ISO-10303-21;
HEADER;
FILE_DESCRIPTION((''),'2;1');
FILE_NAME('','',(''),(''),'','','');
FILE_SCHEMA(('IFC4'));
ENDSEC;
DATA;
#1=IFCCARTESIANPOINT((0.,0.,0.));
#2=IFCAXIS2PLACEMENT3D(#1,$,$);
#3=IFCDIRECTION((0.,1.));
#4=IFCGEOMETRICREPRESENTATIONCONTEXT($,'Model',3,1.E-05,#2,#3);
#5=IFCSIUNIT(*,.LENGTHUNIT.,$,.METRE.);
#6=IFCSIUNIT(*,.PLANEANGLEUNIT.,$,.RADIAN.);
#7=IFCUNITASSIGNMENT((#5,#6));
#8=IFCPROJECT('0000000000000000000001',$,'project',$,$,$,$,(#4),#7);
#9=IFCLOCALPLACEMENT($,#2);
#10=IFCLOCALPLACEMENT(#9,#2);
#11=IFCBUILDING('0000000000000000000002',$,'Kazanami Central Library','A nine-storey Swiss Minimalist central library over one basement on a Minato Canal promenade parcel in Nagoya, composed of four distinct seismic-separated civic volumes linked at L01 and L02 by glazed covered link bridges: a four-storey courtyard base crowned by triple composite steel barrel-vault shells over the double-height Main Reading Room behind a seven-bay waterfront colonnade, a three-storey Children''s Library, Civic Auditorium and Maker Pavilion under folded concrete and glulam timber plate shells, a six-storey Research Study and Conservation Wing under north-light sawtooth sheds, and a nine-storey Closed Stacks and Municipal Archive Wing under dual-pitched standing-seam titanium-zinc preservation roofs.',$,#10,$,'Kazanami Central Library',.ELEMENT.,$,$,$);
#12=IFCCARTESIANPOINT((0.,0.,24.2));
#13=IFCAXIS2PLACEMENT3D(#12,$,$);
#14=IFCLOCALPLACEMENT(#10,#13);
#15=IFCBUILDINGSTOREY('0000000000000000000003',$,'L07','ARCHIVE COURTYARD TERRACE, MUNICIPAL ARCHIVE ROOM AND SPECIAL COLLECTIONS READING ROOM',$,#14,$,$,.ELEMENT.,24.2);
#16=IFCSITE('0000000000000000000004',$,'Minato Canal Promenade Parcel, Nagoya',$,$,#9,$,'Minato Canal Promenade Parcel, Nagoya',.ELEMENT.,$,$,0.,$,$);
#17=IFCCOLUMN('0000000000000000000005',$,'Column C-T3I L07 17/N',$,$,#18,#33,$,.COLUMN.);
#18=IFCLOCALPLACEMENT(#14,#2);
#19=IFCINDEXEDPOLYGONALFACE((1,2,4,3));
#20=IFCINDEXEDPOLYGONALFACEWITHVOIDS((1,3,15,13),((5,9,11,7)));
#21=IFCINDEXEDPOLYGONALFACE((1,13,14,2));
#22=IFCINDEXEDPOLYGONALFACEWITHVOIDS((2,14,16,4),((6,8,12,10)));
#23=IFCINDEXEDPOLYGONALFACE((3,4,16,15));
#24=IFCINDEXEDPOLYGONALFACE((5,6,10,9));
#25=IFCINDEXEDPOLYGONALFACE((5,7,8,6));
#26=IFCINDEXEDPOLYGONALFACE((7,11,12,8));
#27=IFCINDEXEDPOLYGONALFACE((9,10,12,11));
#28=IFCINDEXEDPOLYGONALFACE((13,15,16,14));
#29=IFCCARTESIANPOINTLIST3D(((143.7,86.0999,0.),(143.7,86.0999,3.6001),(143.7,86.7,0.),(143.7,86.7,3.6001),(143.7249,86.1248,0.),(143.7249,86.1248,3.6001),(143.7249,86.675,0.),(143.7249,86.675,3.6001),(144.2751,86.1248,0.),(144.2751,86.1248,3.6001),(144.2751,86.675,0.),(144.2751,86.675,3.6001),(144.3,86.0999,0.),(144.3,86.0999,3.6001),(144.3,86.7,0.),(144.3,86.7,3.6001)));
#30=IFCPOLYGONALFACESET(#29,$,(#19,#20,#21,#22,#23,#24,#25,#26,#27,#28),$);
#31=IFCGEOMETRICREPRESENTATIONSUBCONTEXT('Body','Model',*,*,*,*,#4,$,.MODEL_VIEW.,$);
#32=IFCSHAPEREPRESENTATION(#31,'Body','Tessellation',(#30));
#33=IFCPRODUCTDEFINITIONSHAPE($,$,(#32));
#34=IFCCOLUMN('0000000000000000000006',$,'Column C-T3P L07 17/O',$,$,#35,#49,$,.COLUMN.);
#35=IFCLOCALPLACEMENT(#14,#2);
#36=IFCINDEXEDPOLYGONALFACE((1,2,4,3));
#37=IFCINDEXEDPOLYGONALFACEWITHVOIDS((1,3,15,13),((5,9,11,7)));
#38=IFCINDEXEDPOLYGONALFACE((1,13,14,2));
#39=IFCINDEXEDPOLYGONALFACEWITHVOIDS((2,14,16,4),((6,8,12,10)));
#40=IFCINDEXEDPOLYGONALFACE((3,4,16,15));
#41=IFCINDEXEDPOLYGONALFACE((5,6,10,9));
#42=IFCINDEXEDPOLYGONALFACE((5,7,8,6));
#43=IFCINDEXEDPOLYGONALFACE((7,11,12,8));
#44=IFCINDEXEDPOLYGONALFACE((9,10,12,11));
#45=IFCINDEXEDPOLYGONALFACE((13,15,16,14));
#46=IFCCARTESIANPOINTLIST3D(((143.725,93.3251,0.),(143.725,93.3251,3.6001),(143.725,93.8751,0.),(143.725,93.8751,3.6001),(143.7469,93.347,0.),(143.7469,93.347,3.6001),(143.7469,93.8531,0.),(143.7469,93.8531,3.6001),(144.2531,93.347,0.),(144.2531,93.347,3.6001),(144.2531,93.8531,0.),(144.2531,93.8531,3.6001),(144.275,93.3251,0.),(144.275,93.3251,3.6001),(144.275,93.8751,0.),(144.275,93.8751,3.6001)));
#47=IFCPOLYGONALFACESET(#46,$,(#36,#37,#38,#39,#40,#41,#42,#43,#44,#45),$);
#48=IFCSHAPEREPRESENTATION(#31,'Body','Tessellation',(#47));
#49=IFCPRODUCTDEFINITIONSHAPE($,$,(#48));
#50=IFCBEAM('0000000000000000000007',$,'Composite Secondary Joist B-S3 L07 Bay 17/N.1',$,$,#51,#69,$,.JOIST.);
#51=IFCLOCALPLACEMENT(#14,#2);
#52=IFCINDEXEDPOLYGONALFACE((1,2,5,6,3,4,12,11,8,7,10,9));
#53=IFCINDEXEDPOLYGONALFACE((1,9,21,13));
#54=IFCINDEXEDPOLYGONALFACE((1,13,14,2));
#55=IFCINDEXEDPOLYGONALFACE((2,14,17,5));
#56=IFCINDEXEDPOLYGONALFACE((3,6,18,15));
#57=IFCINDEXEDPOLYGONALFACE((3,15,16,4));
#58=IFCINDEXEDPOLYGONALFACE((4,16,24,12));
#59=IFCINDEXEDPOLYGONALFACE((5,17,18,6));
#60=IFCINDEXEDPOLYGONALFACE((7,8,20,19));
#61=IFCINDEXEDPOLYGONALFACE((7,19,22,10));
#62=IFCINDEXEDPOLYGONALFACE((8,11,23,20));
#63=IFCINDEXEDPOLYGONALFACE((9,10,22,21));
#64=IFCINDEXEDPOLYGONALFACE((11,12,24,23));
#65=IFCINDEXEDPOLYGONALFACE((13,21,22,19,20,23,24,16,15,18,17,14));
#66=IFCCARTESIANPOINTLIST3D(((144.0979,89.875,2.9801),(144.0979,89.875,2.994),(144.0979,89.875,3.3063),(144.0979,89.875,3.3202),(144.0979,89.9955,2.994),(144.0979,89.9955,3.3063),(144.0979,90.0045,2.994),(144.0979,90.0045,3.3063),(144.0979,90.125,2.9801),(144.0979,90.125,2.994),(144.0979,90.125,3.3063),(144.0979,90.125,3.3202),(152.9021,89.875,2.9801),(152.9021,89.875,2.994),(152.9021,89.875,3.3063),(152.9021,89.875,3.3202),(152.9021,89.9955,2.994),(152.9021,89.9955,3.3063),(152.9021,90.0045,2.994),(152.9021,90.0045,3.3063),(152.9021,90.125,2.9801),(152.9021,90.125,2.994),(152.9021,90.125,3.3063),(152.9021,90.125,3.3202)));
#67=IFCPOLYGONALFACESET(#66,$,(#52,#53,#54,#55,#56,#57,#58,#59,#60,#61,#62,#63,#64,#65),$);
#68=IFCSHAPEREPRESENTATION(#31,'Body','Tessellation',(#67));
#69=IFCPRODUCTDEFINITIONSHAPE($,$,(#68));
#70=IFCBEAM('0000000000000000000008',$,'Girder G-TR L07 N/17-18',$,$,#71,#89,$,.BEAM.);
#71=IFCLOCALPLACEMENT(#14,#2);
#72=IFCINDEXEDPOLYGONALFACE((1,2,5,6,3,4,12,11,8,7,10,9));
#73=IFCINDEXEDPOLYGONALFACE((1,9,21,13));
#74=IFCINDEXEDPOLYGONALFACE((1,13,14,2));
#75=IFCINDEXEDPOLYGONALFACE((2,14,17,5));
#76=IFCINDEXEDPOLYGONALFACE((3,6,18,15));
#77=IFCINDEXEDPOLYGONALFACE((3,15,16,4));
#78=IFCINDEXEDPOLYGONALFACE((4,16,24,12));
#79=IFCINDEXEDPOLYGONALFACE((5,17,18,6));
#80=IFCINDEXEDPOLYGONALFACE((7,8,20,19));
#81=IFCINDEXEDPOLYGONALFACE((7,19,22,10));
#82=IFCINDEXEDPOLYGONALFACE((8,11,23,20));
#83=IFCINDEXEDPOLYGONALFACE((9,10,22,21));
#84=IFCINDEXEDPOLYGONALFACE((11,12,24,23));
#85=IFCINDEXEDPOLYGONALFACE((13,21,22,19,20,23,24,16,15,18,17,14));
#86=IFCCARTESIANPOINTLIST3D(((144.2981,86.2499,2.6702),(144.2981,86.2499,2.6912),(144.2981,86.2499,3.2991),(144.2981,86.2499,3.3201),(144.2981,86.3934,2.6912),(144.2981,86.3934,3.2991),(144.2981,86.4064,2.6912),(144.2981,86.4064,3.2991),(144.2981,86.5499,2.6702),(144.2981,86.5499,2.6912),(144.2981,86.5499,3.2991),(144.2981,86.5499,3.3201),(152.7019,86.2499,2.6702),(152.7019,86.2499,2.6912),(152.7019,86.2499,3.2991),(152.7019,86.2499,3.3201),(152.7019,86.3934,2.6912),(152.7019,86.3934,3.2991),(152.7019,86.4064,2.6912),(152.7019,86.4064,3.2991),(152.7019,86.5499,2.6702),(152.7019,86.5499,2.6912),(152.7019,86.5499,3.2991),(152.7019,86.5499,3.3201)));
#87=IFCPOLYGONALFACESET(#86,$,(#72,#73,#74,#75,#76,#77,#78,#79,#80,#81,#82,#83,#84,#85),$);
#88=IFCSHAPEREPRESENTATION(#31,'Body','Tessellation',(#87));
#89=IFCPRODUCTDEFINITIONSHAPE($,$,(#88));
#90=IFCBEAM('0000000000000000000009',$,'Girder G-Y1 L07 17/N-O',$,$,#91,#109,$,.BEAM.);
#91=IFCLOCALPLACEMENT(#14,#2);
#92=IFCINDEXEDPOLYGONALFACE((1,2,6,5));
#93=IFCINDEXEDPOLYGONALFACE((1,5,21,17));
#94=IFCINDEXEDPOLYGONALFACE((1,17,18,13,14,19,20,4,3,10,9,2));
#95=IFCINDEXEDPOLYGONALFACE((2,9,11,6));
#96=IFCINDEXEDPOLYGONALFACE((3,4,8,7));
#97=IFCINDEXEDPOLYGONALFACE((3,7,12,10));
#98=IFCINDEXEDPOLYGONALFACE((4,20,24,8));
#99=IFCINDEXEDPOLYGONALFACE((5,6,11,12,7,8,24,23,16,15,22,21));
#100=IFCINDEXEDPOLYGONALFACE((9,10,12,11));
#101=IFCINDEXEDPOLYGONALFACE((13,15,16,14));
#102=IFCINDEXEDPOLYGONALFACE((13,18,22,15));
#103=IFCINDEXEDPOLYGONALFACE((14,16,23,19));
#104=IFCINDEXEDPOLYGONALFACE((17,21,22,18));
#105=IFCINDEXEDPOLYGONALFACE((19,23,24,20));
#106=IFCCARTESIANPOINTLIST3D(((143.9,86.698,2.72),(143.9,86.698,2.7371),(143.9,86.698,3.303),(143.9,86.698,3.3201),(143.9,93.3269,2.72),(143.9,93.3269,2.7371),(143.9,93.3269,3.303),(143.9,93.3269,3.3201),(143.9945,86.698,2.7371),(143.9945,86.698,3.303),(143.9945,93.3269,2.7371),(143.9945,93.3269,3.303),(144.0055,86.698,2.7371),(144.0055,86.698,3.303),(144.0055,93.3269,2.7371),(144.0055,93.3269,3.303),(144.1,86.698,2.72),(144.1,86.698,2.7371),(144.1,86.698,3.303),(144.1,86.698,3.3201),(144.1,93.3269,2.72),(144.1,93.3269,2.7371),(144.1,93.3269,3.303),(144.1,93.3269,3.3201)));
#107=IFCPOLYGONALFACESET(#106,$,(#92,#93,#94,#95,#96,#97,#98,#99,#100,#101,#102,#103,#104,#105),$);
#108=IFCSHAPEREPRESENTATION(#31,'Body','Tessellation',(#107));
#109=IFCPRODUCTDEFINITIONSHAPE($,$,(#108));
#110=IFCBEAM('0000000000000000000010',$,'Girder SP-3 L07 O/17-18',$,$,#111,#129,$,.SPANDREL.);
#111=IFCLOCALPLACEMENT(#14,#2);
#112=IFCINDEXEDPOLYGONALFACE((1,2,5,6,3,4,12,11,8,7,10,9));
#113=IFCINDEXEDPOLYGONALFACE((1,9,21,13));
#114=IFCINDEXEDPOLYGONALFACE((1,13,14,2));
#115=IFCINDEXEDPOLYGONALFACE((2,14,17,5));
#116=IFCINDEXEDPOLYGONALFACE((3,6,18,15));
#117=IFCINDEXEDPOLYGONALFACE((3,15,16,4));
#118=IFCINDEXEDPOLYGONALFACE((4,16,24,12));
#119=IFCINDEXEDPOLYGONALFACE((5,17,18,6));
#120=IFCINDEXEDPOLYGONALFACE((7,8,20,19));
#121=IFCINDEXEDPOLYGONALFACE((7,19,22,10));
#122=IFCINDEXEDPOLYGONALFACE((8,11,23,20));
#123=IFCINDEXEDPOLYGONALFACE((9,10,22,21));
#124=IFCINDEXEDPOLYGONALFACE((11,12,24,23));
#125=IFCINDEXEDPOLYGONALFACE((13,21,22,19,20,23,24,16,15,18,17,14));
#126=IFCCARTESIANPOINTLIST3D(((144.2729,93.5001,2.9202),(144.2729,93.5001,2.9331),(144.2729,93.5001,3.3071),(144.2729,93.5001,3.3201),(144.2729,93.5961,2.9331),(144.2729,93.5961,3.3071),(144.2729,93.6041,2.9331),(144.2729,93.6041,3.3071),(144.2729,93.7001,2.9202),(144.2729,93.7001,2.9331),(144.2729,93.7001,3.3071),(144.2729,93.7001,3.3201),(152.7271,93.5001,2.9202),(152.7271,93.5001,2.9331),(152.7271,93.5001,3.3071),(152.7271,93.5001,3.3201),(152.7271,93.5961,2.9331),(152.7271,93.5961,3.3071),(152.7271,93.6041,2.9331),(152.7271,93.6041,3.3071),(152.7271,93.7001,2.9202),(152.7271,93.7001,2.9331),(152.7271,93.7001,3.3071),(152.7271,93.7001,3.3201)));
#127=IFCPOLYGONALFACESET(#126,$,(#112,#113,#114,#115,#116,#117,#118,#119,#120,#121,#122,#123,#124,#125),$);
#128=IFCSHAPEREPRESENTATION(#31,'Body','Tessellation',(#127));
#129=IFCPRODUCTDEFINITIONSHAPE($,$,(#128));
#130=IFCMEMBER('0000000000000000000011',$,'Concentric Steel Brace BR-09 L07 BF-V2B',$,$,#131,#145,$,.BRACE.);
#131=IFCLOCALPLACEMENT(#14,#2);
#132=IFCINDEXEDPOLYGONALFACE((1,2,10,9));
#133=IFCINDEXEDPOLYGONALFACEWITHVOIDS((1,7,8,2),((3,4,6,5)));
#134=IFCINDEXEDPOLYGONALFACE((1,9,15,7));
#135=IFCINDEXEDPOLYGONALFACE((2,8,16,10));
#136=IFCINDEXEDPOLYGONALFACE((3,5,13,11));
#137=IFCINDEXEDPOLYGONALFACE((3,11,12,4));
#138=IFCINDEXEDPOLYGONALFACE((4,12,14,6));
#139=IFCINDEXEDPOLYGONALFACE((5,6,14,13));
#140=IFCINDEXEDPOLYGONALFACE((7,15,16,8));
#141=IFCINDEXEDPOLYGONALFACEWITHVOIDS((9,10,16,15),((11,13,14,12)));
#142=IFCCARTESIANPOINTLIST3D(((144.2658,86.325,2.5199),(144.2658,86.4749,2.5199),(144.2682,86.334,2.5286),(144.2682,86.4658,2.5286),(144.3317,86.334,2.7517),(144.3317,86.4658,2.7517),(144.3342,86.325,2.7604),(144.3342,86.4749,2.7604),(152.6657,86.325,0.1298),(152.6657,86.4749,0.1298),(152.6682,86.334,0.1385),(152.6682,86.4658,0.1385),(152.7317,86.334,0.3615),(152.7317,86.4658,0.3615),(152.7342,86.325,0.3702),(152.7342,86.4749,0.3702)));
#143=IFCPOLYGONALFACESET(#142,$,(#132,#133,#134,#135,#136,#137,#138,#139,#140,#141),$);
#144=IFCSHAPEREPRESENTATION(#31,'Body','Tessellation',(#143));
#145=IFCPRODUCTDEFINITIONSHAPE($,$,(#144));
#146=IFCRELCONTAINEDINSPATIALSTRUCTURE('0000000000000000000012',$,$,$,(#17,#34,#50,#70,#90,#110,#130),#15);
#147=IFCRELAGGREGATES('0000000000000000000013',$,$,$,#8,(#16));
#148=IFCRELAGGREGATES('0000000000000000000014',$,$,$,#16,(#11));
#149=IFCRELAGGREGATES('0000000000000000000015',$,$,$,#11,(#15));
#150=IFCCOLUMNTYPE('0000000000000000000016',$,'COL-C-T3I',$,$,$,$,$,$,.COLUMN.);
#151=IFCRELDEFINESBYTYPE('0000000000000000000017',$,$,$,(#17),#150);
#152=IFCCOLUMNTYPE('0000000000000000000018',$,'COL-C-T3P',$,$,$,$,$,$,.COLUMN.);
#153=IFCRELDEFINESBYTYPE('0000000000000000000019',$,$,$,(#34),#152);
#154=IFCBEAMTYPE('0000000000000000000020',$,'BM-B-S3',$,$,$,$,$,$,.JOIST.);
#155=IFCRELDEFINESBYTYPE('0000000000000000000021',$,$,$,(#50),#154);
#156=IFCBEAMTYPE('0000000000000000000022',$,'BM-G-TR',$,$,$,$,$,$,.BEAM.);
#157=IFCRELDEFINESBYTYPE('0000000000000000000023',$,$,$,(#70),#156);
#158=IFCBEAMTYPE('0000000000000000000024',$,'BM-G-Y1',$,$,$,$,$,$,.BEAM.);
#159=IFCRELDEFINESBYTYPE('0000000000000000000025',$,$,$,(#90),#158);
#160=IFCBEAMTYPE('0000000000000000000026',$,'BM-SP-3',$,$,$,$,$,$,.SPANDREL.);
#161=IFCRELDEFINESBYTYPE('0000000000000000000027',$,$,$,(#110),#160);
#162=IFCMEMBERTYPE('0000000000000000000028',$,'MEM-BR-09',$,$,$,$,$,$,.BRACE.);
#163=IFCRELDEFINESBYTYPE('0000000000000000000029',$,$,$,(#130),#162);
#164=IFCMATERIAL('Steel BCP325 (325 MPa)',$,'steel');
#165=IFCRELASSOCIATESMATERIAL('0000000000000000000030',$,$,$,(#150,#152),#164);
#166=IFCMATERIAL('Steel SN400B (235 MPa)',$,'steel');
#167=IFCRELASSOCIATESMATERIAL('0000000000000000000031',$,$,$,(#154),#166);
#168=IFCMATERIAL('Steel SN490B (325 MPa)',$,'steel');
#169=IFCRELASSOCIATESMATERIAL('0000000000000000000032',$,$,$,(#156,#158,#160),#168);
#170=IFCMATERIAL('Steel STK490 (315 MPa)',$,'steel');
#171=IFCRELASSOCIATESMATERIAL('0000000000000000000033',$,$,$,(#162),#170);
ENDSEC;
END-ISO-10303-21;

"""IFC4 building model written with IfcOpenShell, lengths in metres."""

from ifc_helpers import new_model, si_unit, direction, frame, origin, origin_2d, place, context, subcontext, project, spatial, hollow_rectangle, i_section, extrude, material, material_profile, profile_set, type_object, element, save


model = new_model("IFC4")

# Units and contexts
model_context = context("Model", 3, precision=1e-05, world=origin(), true_north=direction((0.0, 1.0)))
body_context = subcontext(model_context, "Body", "Model", "MODEL_VIEW")
ifc_project = project(units=[si_unit("LENGTHUNIT", "METRE"), si_unit("PLANEANGLEUNIT", "RADIAN")], contexts=[model_context])

# Site, building, storey
site_placement = place(None, origin())
site = spatial("IfcSite", under=ifc_project, at=site_placement, Name="Minato Canal Promenade Parcel, Nagoya", LongName="Minato Canal Promenade Parcel, Nagoya", CompositionType="ELEMENT", RefElevation=0.0)
building_placement = place(site_placement, origin())
building = spatial("IfcBuilding", under=site, at=building_placement, Name="Kazanami Central Library", Description="A nine-storey Swiss Minimalist central library over one basement on a Minato Canal promenade parcel in Nagoya, composed of four distinct seismic-separated civic volumes linked at L01 and L02 by glazed covered link bridges: a four-storey courtyard base crowned by triple composite steel barrel-vault shells over the double-height Main Reading Room behind a seven-bay waterfront colonnade, a three-storey Children's Library, Civic Auditorium and Maker Pavilion under folded concrete and glulam timber plate shells, a six-storey Research Study and Conservation Wing under north-light sawtooth sheds, and a nine-storey Closed Stacks and Municipal Archive Wing under dual-pitched standing-seam titanium-zinc preservation roofs.", LongName="Kazanami Central Library", CompositionType="ELEMENT")
storey_placement = place(building_placement, frame((0.0, 0.0, 24.2)))
storey = spatial("IfcBuildingStorey", under=building, at=storey_placement, Name="L07", Description="ARCHIVE COURTYARD TERRACE, MUNICIPAL ARCHIVE ROOM AND SPECIAL COLLECTIONS READING ROOM", CompositionType="ELEMENT", Elevation=24.2)

# Columns
ifc_material_1 = material(Name="Steel BCP325 (325 MPa)", Category="steel")
ifc_material_profile_1 = material_profile(ifc_material_1, hollow_rectangle(XDim=0.6001, YDim=0.6001, WallThickness=0.0249, at=origin_2d()), Name="BCP-600x600x25")
ifc_profile_set_1 = profile_set([ifc_material_profile_1], Name="Steel BCP325 (325 MPa)")
column_type_1 = type_object("IfcColumnType", Name="COL-C-T3I", PredefinedType="COLUMN", material=ifc_profile_set_1)
column_1_placement = place(storey_placement, frame((144.0, 86.3999, 0.0), z_axis=(0.0, 0.0, 1.0), x_axis=(1.0, 0.0, 0.0)))
element("IfcColumn", 1, at=column_1_placement, inside=storey, type_object=column_type_1, Name="Column C-T3I L07 17/N", PredefinedType="COLUMN", context=body_context, shape_type="SweptSolid", body=[
    extrude(hollow_rectangle(XDim=0.6001, YDim=0.6001, WallThickness=0.0249, at=origin_2d()), origin(), (0.0, 0.0, 1.0), 3.6001),
])
ifc_material_profile_2 = material_profile(ifc_material_1, hollow_rectangle(XDim=0.55, YDim=0.55, WallThickness=0.022, at=origin_2d()), Name="BCP-550x550x22")
ifc_profile_set_2 = profile_set([ifc_material_profile_2], Name="Steel BCP325 (325 MPa)")
column_type_2 = type_object("IfcColumnType", Name="COL-C-T3P", PredefinedType="COLUMN", material=ifc_profile_set_2)
column_2_placement = place(storey_placement, frame((144.0, 93.6001, 0.0), z_axis=(0.0, 0.0, 1.0), x_axis=(1.0, 0.0, 0.0)))
element("IfcColumn", 2, at=column_2_placement, inside=storey, type_object=column_type_2, Name="Column C-T3P L07 17/O", PredefinedType="COLUMN", context=body_context, shape_type="SweptSolid", body=[
    extrude(hollow_rectangle(XDim=0.55, YDim=0.55, WallThickness=0.022, at=origin_2d()), origin(), (0.0, 0.0, 1.0), 3.6001),
])

# Beams
ifc_material_2 = material(Name="Steel SN400B (235 MPa)", Category="steel")
ifc_material_profile_3 = material_profile(ifc_material_2, i_section(OverallWidth=0.25, OverallDepth=0.3401, WebThickness=0.009, FlangeThickness=0.0139, at=origin_2d()), Name="H-340x250x9x14")
ifc_profile_set_3 = profile_set([ifc_material_profile_3], Name="Steel SN400B (235 MPa)")
beam_type_1 = type_object("IfcBeamType", Name="BM-B-S3", PredefinedType="JOIST", material=ifc_profile_set_3)
beam_1_placement = place(storey_placement, frame((144.0979, 90.0, 3.1501), z_axis=(1.0, 0.0, 0.0), x_axis=(0.0, 1.0, 0.0)))
element("IfcBeam", 3, at=beam_1_placement, inside=storey, type_object=beam_type_1, Name="Composite Secondary Joist B-S3 L07 Bay 17/N.1", PredefinedType="JOIST", context=body_context, shape_type="SweptSolid", body=[
    extrude(i_section(OverallWidth=0.25, OverallDepth=0.3401, WebThickness=0.009, FlangeThickness=0.0139, at=origin_2d()), origin(), (0.0, 0.0, 1.0), 8.8042),
])
ifc_material_3 = material(Name="Steel SN490B (325 MPa)", Category="steel")
ifc_material_profile_4 = material_profile(ifc_material_3, i_section(OverallWidth=0.3, OverallDepth=0.6499, WebThickness=0.0129, FlangeThickness=0.021, at=origin_2d()), Name="H-650x300x13x21")
ifc_profile_set_4 = profile_set([ifc_material_profile_4], Name="Steel SN490B (325 MPa)")
beam_type_2 = type_object("IfcBeamType", Name="BM-G-TR", PredefinedType="BEAM", material=ifc_profile_set_4)
beam_2_placement = place(storey_placement, frame((144.2981, 86.3999, 2.9951), z_axis=(1.0, 0.0, 0.0), x_axis=(0.0, 1.0, 0.0)))
element("IfcBeam", 4, at=beam_2_placement, inside=storey, type_object=beam_type_2, Name="Girder G-TR L07 N/17-18", PredefinedType="BEAM", context=body_context, shape_type="SweptSolid", body=[
    extrude(i_section(OverallWidth=0.3, OverallDepth=0.6499, WebThickness=0.0129, FlangeThickness=0.021, at=origin_2d()), origin(), (0.0, 0.0, 1.0), 8.4038),
])
ifc_material_profile_5 = material_profile(ifc_material_3, i_section(OverallWidth=0.2, OverallDepth=0.6001, WebThickness=0.011, FlangeThickness=0.0171, at=origin_2d()), Name="H-600x200x11x17")
ifc_profile_set_5 = profile_set([ifc_material_profile_5], Name="Steel SN490B (325 MPa)")
beam_type_3 = type_object("IfcBeamType", Name="BM-G-Y1", PredefinedType="BEAM", material=ifc_profile_set_5)
beam_3_placement = place(storey_placement, frame((144.0, 86.698, 3.02), z_axis=(0.0, 1.0, 0.0), x_axis=(-1.0, 0.0, 0.0)))
element("IfcBeam", 5, at=beam_3_placement, inside=storey, type_object=beam_type_3, Name="Girder G-Y1 L07 17/N-O", PredefinedType="BEAM", context=body_context, shape_type="SweptSolid", body=[
    extrude(i_section(OverallWidth=0.2, OverallDepth=0.6001, WebThickness=0.011, FlangeThickness=0.0171, at=origin_2d()), origin(), (0.0, 0.0, 1.0), 6.6289),
])
ifc_material_profile_6 = material_profile(ifc_material_3, i_section(OverallWidth=0.2, OverallDepth=0.3999, WebThickness=0.0081, FlangeThickness=0.0129, at=origin_2d()), Name="H-400x200x8x13")
ifc_profile_set_6 = profile_set([ifc_material_profile_6], Name="Steel SN490B (325 MPa)")
beam_type_4 = type_object("IfcBeamType", Name="BM-SP-3", PredefinedType="SPANDREL", material=ifc_profile_set_6)
beam_4_placement = place(storey_placement, frame((144.2729, 93.6001, 3.1201), z_axis=(1.0, 0.0, 0.0), x_axis=(0.0, 1.0, 0.0)))
element("IfcBeam", 6, at=beam_4_placement, inside=storey, type_object=beam_type_4, Name="Girder SP-3 L07 O/17-18", PredefinedType="SPANDREL", context=body_context, shape_type="SweptSolid", body=[
    extrude(i_section(OverallWidth=0.2, OverallDepth=0.3999, WebThickness=0.0081, FlangeThickness=0.0129, at=origin_2d()), origin(), (0.0, 0.0, 1.0), 8.4541),
])

# Member
ifc_material_4 = material(Name="Steel STK490 (315 MPa)", Category="steel")
ifc_material_profile_7 = material_profile(ifc_material_4, hollow_rectangle(XDim=0.1499, YDim=0.25, WallThickness=0.009, at=origin_2d()), Name="STKR-250x150x9")
ifc_profile_set_7 = profile_set([ifc_material_profile_7], Name="Steel STK490 (315 MPa)")
member_type = type_object("IfcMemberType", Name="MEM-BR-09", PredefinedType="BRACE", material=ifc_profile_set_7)
member_placement = place(storey_placement, frame((152.7, 86.3999, 0.25), z_axis=(-0.961821, 0.0, 0.27368), x_axis=(0.0, -1.0, 0.0)))
element("IfcMember", 7, at=member_placement, inside=storey, type_object=member_type, Name="Concentric Steel Brace BR-09 L07 BF-V2B", PredefinedType="BRACE", context=body_context, shape_type="SweptSolid", body=[
    extrude(hollow_rectangle(XDim=0.1499, YDim=0.25, WallThickness=0.009, at=origin_2d()), origin(), (0.0, 0.0, 1.0), 8.7334),
])

save(model, "model.ifc")
